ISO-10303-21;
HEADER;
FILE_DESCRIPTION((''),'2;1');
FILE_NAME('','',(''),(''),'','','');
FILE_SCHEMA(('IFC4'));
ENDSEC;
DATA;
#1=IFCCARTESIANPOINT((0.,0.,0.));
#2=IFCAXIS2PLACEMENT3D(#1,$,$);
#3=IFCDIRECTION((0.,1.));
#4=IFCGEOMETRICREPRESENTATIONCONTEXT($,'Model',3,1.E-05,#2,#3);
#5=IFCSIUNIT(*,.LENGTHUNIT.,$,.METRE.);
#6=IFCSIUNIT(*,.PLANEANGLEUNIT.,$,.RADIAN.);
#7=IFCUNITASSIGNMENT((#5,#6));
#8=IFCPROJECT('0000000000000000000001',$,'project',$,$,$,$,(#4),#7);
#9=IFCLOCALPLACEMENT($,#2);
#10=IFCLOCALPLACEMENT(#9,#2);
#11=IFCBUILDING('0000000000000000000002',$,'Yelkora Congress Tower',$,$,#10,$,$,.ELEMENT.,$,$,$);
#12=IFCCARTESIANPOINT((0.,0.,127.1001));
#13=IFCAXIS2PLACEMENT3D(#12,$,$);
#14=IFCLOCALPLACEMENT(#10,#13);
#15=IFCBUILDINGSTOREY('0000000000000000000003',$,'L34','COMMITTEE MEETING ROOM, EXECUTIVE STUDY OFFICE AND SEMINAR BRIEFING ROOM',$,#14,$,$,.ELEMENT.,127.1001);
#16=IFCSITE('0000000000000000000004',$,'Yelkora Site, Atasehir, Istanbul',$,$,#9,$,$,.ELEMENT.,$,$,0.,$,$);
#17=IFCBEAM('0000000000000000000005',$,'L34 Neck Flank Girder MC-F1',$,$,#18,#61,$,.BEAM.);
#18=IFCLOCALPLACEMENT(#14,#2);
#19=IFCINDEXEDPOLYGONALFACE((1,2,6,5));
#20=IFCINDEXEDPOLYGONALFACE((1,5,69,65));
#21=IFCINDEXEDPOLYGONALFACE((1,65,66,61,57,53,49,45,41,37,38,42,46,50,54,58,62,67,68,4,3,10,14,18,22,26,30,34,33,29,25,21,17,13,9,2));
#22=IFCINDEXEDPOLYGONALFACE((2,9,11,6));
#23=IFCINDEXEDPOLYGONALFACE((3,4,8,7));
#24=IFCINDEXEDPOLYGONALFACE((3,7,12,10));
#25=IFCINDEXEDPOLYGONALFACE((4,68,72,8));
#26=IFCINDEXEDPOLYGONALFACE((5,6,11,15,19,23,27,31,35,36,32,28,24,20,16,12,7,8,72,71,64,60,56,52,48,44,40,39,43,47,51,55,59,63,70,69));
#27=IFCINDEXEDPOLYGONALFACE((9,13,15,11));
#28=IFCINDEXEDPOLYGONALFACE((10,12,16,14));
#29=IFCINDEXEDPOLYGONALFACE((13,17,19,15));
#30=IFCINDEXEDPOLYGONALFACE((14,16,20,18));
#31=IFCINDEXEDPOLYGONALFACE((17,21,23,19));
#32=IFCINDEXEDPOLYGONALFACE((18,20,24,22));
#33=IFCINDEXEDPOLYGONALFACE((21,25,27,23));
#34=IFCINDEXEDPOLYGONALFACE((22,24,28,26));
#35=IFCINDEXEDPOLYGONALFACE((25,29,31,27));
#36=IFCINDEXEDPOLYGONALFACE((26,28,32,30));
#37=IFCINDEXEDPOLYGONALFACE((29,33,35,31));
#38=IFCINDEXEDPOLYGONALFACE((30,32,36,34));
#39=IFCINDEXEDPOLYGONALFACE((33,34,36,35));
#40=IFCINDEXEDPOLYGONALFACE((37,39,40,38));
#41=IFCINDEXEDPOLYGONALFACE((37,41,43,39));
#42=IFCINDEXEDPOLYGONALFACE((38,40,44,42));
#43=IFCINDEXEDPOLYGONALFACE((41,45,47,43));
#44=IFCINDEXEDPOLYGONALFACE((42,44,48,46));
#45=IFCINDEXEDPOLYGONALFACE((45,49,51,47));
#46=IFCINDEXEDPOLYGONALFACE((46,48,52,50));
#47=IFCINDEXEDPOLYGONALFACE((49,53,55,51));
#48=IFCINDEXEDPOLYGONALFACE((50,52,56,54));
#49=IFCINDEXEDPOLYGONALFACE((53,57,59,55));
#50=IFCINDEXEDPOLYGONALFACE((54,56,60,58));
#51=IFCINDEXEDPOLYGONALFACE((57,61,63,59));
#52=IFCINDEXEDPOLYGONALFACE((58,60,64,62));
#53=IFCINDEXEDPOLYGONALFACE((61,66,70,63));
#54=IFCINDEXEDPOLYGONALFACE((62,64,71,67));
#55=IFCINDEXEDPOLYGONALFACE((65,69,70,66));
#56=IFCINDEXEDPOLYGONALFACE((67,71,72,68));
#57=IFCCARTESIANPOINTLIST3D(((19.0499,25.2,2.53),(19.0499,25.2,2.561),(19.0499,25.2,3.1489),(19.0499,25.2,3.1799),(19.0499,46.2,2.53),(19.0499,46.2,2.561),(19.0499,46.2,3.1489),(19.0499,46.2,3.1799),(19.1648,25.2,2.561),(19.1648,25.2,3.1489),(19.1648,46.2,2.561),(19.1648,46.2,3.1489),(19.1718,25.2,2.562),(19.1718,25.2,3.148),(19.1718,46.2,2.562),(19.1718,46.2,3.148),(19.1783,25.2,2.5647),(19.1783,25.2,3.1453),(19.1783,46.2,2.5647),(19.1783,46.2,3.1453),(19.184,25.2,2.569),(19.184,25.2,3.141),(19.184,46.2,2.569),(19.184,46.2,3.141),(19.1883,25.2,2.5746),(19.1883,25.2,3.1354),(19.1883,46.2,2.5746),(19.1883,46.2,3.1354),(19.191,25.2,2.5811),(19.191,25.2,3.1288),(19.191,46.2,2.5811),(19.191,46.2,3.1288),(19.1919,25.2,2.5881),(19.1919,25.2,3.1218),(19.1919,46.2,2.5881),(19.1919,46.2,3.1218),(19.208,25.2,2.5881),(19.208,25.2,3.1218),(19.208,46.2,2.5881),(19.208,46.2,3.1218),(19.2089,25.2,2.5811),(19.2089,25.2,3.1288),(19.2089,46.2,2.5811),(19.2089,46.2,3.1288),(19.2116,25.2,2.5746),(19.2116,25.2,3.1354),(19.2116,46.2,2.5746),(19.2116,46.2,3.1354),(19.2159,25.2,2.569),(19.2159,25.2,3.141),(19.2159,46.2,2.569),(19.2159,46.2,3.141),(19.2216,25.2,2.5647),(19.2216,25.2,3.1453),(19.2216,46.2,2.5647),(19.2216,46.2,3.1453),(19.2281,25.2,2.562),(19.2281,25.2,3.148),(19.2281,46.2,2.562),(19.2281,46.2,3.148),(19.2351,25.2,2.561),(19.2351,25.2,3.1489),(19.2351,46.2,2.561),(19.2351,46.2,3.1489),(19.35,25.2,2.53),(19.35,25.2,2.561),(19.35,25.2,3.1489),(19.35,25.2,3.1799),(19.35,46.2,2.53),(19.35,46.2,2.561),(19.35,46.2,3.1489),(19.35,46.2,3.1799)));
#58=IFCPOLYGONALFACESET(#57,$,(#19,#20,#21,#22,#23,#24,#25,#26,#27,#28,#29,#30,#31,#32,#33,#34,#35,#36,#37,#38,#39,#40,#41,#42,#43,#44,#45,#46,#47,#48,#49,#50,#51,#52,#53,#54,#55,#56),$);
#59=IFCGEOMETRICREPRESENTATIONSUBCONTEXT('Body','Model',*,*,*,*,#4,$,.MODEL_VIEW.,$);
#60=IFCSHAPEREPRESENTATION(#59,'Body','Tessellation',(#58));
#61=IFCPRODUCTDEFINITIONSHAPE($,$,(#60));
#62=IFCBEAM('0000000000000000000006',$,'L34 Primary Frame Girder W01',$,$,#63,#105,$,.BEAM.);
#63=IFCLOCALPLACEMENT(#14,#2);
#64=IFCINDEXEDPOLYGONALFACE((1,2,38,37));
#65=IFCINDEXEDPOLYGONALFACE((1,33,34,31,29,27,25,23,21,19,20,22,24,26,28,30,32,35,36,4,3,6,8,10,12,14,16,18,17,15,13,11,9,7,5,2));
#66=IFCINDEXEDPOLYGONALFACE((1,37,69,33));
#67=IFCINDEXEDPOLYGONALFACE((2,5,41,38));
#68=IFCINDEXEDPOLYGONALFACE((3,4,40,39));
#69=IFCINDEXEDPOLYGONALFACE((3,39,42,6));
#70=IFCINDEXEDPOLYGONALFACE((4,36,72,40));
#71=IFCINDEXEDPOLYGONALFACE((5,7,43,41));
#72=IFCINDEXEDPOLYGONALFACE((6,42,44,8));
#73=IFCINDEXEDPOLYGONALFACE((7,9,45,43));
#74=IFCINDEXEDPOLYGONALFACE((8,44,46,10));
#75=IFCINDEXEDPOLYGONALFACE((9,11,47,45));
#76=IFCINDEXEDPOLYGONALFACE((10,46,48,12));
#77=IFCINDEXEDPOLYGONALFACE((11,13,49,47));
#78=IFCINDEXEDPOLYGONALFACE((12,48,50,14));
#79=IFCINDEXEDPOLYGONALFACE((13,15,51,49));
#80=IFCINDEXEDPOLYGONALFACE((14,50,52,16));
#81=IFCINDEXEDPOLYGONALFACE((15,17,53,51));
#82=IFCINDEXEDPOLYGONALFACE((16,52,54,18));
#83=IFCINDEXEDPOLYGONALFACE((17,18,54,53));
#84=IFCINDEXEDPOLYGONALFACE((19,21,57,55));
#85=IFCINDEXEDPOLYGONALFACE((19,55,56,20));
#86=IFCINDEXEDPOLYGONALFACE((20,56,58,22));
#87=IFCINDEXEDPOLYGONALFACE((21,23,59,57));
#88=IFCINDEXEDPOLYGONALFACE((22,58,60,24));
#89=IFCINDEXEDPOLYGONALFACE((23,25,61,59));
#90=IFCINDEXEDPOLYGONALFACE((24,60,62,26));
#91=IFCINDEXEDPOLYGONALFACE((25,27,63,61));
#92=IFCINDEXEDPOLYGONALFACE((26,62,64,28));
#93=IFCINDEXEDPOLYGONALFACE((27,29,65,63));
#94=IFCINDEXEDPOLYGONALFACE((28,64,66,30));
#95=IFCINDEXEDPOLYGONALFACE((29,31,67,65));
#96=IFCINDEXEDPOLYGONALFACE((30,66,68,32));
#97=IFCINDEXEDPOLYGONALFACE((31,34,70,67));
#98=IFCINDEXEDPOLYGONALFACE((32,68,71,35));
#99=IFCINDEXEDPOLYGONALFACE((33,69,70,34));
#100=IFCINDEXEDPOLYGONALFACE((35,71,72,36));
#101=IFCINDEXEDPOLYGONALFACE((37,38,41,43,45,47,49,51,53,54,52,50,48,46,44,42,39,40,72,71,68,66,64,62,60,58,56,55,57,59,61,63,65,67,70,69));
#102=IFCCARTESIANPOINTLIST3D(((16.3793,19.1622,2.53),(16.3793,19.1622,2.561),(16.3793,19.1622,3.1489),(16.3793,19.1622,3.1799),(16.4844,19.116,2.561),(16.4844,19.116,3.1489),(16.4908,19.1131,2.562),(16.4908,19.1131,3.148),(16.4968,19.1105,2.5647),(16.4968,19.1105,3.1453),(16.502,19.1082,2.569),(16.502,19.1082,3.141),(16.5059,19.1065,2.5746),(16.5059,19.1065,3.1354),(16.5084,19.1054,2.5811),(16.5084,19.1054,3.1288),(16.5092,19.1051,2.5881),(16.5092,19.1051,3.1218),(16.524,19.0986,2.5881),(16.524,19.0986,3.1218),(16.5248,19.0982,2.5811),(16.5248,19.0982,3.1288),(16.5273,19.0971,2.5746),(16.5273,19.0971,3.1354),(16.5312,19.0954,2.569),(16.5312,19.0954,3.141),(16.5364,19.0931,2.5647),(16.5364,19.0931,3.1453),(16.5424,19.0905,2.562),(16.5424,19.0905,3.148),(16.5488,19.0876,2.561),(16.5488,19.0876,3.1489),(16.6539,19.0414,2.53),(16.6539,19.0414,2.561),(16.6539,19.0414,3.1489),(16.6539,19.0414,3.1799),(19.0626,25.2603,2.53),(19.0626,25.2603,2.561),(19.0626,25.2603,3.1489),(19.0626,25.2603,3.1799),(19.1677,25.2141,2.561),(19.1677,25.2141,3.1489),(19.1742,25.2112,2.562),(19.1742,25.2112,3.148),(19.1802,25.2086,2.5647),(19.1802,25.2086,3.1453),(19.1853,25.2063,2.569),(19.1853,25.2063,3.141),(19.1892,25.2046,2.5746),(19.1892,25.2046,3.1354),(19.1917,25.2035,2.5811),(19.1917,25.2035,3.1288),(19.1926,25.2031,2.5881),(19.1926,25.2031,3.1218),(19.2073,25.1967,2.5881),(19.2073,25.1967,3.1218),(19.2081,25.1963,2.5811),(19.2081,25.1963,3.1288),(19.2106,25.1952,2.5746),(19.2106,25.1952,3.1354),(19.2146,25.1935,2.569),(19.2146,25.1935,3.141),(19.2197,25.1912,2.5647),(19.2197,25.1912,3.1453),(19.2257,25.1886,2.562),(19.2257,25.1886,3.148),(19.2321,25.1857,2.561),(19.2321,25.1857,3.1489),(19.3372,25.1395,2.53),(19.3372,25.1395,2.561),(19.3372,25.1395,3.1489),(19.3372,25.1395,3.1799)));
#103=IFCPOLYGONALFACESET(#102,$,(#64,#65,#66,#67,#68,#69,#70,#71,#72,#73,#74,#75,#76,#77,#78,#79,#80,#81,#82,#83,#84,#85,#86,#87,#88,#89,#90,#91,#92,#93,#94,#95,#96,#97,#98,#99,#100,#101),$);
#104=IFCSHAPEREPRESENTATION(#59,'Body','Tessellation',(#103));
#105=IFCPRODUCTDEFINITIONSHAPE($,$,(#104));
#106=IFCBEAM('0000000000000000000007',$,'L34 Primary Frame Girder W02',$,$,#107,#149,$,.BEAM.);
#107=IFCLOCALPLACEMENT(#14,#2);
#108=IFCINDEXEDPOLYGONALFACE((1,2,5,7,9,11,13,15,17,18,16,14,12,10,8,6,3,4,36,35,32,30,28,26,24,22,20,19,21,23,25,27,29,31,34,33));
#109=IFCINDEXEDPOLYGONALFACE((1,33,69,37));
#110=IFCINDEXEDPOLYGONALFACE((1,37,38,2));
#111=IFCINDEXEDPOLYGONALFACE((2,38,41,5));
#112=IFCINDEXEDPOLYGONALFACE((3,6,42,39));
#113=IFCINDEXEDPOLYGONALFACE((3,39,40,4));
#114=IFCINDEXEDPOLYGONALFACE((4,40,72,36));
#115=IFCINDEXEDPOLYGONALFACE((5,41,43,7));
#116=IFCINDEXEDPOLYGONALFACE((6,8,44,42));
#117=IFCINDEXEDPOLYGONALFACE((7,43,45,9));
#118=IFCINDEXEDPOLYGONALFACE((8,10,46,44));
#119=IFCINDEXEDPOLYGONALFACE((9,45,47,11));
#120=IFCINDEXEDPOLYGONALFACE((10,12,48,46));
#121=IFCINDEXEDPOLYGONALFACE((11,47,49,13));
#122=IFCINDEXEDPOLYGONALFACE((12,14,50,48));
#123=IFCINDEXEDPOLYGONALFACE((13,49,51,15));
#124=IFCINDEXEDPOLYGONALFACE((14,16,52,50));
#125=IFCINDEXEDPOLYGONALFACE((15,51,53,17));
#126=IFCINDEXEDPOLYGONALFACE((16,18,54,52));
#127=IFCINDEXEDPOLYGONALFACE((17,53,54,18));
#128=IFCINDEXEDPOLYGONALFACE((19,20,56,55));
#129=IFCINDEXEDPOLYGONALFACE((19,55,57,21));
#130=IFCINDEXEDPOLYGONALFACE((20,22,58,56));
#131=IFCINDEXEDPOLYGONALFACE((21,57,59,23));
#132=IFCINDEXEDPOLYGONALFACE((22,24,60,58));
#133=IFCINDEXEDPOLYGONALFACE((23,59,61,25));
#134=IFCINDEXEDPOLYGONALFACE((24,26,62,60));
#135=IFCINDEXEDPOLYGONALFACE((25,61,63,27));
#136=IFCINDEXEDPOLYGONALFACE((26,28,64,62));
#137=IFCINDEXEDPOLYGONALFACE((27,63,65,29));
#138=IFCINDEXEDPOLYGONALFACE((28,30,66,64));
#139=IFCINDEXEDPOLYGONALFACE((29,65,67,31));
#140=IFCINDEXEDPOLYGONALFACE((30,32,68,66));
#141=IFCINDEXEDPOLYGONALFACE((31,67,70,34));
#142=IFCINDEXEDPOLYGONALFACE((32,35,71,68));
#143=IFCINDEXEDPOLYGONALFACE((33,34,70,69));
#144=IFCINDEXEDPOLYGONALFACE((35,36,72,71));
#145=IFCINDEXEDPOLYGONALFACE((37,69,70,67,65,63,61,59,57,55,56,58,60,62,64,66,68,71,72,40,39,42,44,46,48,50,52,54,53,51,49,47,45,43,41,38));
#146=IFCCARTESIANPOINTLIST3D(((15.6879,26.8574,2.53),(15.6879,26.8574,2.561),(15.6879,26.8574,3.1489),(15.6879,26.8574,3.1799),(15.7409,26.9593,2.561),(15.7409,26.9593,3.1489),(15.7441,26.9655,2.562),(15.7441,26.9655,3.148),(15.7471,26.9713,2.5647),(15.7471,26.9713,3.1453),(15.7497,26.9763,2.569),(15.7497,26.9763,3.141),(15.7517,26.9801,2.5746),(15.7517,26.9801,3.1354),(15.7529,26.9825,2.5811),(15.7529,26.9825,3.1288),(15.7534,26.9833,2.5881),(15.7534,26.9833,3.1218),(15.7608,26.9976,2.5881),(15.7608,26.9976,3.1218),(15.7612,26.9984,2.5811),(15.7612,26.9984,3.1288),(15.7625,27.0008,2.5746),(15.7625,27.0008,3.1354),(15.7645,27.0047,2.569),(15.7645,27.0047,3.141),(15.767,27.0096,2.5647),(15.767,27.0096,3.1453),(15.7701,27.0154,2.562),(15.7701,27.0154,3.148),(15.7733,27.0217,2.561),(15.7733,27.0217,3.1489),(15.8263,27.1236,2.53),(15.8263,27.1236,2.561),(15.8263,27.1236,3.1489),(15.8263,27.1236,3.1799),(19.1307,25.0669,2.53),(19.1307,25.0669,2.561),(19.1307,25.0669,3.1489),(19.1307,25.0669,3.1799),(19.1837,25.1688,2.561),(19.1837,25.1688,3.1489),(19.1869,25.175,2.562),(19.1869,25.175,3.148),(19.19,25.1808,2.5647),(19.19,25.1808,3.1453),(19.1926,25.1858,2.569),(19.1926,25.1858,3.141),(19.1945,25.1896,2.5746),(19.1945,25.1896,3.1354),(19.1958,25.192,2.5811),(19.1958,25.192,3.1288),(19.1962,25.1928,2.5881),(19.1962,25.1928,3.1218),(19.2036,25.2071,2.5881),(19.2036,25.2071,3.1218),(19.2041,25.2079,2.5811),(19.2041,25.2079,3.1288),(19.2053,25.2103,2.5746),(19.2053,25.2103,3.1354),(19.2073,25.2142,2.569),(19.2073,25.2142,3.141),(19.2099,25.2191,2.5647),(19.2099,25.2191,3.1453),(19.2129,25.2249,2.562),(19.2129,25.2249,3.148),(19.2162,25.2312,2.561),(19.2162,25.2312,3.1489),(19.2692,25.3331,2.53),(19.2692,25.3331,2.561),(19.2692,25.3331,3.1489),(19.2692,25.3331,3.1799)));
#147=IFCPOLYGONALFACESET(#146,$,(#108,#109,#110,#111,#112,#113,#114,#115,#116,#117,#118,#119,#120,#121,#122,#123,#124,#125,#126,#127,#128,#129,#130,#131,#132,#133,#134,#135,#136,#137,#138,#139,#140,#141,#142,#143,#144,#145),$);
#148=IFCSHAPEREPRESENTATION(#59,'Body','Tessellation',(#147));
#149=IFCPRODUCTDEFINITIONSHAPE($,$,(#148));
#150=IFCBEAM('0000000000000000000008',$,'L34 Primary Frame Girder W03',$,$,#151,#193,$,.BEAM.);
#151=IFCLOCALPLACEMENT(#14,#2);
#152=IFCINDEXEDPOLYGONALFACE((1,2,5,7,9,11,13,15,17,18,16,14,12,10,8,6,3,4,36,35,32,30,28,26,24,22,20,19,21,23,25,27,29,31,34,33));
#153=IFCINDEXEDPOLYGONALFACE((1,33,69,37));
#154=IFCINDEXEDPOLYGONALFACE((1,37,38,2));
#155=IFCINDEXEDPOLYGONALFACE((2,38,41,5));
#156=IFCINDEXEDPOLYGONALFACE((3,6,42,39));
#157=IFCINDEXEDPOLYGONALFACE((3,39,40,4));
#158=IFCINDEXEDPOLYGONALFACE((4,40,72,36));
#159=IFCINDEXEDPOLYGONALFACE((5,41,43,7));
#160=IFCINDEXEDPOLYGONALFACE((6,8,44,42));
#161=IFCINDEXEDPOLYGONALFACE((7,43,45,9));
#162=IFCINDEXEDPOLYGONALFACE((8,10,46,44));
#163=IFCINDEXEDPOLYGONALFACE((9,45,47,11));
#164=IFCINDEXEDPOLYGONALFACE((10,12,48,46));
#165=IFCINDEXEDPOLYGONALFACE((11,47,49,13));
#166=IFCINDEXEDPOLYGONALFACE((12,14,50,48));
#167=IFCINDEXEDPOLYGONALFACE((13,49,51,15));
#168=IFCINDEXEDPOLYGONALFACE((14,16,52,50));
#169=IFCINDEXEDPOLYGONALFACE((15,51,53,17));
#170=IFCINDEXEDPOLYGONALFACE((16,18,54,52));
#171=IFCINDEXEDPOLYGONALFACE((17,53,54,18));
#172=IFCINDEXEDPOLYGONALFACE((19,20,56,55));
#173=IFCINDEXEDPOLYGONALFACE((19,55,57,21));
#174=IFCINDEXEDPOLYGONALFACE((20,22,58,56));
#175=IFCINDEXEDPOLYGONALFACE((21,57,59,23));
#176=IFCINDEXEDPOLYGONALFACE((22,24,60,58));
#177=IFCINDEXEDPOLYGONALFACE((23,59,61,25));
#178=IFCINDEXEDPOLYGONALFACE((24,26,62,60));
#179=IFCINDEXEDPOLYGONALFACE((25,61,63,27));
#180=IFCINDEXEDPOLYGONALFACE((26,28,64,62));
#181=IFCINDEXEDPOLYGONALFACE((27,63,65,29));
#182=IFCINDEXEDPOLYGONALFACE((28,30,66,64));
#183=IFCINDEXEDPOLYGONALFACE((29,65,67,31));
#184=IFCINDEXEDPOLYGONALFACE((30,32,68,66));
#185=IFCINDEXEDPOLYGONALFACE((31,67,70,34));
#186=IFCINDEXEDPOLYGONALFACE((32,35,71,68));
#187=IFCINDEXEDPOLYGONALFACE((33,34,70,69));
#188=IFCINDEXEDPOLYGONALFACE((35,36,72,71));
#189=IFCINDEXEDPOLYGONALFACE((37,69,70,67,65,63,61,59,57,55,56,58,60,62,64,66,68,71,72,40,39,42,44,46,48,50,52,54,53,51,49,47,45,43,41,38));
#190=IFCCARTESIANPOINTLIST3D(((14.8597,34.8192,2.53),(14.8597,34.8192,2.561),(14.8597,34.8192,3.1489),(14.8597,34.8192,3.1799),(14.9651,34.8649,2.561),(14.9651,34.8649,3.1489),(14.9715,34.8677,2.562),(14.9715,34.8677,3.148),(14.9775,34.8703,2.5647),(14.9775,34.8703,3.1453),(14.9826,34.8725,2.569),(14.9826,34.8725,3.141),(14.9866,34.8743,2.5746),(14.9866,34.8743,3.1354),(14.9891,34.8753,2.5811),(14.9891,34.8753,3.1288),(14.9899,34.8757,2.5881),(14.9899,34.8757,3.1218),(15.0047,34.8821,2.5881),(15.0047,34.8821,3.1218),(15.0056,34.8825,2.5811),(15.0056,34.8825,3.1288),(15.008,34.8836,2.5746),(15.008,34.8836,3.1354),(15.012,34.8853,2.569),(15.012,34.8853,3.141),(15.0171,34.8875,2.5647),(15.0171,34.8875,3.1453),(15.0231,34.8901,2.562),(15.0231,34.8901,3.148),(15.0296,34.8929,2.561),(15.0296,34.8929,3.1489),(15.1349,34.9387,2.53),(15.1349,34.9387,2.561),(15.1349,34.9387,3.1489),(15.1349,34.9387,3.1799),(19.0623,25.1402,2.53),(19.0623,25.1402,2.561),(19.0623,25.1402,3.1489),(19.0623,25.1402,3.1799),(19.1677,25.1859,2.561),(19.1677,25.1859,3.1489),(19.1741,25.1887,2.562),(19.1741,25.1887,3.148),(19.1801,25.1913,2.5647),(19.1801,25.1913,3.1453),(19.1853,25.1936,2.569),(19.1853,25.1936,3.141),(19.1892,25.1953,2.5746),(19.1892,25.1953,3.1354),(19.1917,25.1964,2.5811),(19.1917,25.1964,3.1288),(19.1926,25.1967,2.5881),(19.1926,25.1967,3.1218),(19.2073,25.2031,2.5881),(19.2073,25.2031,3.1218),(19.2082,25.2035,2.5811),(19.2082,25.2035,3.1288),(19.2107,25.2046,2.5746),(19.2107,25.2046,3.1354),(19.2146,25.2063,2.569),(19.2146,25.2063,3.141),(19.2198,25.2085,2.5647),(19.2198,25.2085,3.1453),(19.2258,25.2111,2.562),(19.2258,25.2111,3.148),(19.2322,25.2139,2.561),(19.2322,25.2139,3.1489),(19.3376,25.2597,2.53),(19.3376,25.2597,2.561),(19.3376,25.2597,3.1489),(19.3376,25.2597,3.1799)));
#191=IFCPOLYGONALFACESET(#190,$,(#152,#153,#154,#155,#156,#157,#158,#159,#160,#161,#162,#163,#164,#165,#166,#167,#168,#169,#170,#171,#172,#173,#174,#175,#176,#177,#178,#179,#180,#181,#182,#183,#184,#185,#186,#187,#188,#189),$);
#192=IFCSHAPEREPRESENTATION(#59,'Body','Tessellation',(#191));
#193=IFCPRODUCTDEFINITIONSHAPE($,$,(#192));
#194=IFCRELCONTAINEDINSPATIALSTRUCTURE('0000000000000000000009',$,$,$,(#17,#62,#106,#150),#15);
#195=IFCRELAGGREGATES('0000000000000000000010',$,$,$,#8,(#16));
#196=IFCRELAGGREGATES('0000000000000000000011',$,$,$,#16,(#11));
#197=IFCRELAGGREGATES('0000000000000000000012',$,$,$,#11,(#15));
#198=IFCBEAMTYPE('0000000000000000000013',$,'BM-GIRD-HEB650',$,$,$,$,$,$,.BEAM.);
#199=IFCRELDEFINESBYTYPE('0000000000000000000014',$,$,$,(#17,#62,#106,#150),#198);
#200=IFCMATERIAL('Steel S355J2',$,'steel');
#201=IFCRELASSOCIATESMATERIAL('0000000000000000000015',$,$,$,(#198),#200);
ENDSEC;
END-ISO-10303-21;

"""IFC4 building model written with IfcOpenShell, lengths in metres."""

from ifc_helpers import new_model, si_unit, direction, frame, origin, origin_2d, place, context, subcontext, project, spatial, i_section, extrude, material, material_profile, profile_set, type_object, element, save


model = new_model("IFC4")

# Units and contexts
model_context = context("Model", 3, precision=1e-05, world=origin(), true_north=direction((0.0, 1.0)))
body_context = subcontext(model_context, "Body", "Model", "MODEL_VIEW")
ifc_project = project(units=[si_unit("LENGTHUNIT", "METRE"), si_unit("PLANEANGLEUNIT", "RADIAN")], contexts=[model_context])

# Site, building, storey
site_placement = place(None, origin())
site = spatial("IfcSite", under=ifc_project, at=site_placement, Name="Yelkora Site, Atasehir, Istanbul", CompositionType="ELEMENT", RefElevation=0.0)
building_placement = place(site_placement, origin())
building = spatial("IfcBuilding", under=site, at=building_placement, Name="Yelkora Congress Tower", CompositionType="ELEMENT")
storey_placement = place(building_placement, frame((0.0, 0.0, 127.1001)))
storey = spatial("IfcBuildingStorey", under=building, at=storey_placement, Name="L34", Description="COMMITTEE MEETING ROOM, EXECUTIVE STUDY OFFICE AND SEMINAR BRIEFING ROOM", CompositionType="ELEMENT", Elevation=127.1001)

# Beams
ifc_material_1 = material(Name="Steel S355J2", Category="steel")
ifc_material_profile_1 = material_profile(ifc_material_1, i_section(OverallWidth=0.3, OverallDepth=0.6499, WebThickness=0.0161, FlangeThickness=0.031, FilletRadius=0.0271, at=origin_2d()), Name="HEB 650")
ifc_profile_set_1 = profile_set([ifc_material_profile_1], Name="Steel S355J2")
beam_type_1 = type_object("IfcBeamType", Name="BM-GIRD-HEB650", PredefinedType="BEAM", material=ifc_profile_set_1)
beam_1_placement = place(storey_placement, frame((19.2, 25.2, 2.855), z_axis=(0.0, 1.0, 0.0), x_axis=(-1.0, 0.0, 0.0)))
element("IfcBeam", 1, at=beam_1_placement, inside=storey, type_object=beam_type_1, Name="L34 Neck Flank Girder MC-F1", PredefinedType="BEAM", context=body_context, shape_type="SweptSolid", body=[
    extrude(i_section(OverallWidth=0.3, OverallDepth=0.6499, WebThickness=0.0161, FlangeThickness=0.031, FilletRadius=0.0271, at=origin_2d()), origin(), (0.0, 0.0, 1.0), 21.0),
])
beam_2_placement = place(storey_placement, frame((16.5166, 19.1018, 2.855), z_axis=(0.402759, 0.915306, 0.0), x_axis=(-0.915306, 0.402759, 0.0)))
element("IfcBeam", 2, at=beam_2_placement, inside=storey, type_object=beam_type_1, Name="L34 Primary Frame Girder W01", PredefinedType="BEAM", context=body_context, shape_type="SweptSolid", body=[
    extrude(i_section(OverallWidth=0.3, OverallDepth=0.6499, WebThickness=0.0161, FlangeThickness=0.031, FilletRadius=0.0271, at=origin_2d()), origin(), (0.0, 0.0, 1.0), 6.6624),
])
beam_3_placement = place(storey_placement, frame((15.7571, 26.9905, 2.855), z_axis=(0.887192, -0.4614, 0.0), x_axis=(0.4614, 0.887192, 0.0)))
element("IfcBeam", 3, at=beam_3_placement, inside=storey, type_object=beam_type_1, Name="L34 Primary Frame Girder W02", PredefinedType="BEAM", context=body_context, shape_type="SweptSolid", body=[
    extrude(i_section(OverallWidth=0.3, OverallDepth=0.6499, WebThickness=0.0161, FlangeThickness=0.031, FilletRadius=0.0271, at=origin_2d()), origin(), (0.0, 0.0, 1.0), 3.8806),
])
beam_4_placement = place(storey_placement, frame((14.9973, 34.8789, 2.855), z_axis=(0.398279, -0.917264, 0.0), x_axis=(0.917264, 0.398279, 0.0)))
element("IfcBeam", 4, at=beam_4_placement, inside=storey, type_object=beam_type_1, Name="L34 Primary Frame Girder W03", PredefinedType="BEAM", context=body_context, shape_type="SweptSolid", body=[
    extrude(i_section(OverallWidth=0.3, OverallDepth=0.6499, WebThickness=0.0161, FlangeThickness=0.031, FilletRadius=0.0271, at=origin_2d()), origin(), (0.0, 0.0, 1.0), 10.552),
])

save(model, "model.ifc")
